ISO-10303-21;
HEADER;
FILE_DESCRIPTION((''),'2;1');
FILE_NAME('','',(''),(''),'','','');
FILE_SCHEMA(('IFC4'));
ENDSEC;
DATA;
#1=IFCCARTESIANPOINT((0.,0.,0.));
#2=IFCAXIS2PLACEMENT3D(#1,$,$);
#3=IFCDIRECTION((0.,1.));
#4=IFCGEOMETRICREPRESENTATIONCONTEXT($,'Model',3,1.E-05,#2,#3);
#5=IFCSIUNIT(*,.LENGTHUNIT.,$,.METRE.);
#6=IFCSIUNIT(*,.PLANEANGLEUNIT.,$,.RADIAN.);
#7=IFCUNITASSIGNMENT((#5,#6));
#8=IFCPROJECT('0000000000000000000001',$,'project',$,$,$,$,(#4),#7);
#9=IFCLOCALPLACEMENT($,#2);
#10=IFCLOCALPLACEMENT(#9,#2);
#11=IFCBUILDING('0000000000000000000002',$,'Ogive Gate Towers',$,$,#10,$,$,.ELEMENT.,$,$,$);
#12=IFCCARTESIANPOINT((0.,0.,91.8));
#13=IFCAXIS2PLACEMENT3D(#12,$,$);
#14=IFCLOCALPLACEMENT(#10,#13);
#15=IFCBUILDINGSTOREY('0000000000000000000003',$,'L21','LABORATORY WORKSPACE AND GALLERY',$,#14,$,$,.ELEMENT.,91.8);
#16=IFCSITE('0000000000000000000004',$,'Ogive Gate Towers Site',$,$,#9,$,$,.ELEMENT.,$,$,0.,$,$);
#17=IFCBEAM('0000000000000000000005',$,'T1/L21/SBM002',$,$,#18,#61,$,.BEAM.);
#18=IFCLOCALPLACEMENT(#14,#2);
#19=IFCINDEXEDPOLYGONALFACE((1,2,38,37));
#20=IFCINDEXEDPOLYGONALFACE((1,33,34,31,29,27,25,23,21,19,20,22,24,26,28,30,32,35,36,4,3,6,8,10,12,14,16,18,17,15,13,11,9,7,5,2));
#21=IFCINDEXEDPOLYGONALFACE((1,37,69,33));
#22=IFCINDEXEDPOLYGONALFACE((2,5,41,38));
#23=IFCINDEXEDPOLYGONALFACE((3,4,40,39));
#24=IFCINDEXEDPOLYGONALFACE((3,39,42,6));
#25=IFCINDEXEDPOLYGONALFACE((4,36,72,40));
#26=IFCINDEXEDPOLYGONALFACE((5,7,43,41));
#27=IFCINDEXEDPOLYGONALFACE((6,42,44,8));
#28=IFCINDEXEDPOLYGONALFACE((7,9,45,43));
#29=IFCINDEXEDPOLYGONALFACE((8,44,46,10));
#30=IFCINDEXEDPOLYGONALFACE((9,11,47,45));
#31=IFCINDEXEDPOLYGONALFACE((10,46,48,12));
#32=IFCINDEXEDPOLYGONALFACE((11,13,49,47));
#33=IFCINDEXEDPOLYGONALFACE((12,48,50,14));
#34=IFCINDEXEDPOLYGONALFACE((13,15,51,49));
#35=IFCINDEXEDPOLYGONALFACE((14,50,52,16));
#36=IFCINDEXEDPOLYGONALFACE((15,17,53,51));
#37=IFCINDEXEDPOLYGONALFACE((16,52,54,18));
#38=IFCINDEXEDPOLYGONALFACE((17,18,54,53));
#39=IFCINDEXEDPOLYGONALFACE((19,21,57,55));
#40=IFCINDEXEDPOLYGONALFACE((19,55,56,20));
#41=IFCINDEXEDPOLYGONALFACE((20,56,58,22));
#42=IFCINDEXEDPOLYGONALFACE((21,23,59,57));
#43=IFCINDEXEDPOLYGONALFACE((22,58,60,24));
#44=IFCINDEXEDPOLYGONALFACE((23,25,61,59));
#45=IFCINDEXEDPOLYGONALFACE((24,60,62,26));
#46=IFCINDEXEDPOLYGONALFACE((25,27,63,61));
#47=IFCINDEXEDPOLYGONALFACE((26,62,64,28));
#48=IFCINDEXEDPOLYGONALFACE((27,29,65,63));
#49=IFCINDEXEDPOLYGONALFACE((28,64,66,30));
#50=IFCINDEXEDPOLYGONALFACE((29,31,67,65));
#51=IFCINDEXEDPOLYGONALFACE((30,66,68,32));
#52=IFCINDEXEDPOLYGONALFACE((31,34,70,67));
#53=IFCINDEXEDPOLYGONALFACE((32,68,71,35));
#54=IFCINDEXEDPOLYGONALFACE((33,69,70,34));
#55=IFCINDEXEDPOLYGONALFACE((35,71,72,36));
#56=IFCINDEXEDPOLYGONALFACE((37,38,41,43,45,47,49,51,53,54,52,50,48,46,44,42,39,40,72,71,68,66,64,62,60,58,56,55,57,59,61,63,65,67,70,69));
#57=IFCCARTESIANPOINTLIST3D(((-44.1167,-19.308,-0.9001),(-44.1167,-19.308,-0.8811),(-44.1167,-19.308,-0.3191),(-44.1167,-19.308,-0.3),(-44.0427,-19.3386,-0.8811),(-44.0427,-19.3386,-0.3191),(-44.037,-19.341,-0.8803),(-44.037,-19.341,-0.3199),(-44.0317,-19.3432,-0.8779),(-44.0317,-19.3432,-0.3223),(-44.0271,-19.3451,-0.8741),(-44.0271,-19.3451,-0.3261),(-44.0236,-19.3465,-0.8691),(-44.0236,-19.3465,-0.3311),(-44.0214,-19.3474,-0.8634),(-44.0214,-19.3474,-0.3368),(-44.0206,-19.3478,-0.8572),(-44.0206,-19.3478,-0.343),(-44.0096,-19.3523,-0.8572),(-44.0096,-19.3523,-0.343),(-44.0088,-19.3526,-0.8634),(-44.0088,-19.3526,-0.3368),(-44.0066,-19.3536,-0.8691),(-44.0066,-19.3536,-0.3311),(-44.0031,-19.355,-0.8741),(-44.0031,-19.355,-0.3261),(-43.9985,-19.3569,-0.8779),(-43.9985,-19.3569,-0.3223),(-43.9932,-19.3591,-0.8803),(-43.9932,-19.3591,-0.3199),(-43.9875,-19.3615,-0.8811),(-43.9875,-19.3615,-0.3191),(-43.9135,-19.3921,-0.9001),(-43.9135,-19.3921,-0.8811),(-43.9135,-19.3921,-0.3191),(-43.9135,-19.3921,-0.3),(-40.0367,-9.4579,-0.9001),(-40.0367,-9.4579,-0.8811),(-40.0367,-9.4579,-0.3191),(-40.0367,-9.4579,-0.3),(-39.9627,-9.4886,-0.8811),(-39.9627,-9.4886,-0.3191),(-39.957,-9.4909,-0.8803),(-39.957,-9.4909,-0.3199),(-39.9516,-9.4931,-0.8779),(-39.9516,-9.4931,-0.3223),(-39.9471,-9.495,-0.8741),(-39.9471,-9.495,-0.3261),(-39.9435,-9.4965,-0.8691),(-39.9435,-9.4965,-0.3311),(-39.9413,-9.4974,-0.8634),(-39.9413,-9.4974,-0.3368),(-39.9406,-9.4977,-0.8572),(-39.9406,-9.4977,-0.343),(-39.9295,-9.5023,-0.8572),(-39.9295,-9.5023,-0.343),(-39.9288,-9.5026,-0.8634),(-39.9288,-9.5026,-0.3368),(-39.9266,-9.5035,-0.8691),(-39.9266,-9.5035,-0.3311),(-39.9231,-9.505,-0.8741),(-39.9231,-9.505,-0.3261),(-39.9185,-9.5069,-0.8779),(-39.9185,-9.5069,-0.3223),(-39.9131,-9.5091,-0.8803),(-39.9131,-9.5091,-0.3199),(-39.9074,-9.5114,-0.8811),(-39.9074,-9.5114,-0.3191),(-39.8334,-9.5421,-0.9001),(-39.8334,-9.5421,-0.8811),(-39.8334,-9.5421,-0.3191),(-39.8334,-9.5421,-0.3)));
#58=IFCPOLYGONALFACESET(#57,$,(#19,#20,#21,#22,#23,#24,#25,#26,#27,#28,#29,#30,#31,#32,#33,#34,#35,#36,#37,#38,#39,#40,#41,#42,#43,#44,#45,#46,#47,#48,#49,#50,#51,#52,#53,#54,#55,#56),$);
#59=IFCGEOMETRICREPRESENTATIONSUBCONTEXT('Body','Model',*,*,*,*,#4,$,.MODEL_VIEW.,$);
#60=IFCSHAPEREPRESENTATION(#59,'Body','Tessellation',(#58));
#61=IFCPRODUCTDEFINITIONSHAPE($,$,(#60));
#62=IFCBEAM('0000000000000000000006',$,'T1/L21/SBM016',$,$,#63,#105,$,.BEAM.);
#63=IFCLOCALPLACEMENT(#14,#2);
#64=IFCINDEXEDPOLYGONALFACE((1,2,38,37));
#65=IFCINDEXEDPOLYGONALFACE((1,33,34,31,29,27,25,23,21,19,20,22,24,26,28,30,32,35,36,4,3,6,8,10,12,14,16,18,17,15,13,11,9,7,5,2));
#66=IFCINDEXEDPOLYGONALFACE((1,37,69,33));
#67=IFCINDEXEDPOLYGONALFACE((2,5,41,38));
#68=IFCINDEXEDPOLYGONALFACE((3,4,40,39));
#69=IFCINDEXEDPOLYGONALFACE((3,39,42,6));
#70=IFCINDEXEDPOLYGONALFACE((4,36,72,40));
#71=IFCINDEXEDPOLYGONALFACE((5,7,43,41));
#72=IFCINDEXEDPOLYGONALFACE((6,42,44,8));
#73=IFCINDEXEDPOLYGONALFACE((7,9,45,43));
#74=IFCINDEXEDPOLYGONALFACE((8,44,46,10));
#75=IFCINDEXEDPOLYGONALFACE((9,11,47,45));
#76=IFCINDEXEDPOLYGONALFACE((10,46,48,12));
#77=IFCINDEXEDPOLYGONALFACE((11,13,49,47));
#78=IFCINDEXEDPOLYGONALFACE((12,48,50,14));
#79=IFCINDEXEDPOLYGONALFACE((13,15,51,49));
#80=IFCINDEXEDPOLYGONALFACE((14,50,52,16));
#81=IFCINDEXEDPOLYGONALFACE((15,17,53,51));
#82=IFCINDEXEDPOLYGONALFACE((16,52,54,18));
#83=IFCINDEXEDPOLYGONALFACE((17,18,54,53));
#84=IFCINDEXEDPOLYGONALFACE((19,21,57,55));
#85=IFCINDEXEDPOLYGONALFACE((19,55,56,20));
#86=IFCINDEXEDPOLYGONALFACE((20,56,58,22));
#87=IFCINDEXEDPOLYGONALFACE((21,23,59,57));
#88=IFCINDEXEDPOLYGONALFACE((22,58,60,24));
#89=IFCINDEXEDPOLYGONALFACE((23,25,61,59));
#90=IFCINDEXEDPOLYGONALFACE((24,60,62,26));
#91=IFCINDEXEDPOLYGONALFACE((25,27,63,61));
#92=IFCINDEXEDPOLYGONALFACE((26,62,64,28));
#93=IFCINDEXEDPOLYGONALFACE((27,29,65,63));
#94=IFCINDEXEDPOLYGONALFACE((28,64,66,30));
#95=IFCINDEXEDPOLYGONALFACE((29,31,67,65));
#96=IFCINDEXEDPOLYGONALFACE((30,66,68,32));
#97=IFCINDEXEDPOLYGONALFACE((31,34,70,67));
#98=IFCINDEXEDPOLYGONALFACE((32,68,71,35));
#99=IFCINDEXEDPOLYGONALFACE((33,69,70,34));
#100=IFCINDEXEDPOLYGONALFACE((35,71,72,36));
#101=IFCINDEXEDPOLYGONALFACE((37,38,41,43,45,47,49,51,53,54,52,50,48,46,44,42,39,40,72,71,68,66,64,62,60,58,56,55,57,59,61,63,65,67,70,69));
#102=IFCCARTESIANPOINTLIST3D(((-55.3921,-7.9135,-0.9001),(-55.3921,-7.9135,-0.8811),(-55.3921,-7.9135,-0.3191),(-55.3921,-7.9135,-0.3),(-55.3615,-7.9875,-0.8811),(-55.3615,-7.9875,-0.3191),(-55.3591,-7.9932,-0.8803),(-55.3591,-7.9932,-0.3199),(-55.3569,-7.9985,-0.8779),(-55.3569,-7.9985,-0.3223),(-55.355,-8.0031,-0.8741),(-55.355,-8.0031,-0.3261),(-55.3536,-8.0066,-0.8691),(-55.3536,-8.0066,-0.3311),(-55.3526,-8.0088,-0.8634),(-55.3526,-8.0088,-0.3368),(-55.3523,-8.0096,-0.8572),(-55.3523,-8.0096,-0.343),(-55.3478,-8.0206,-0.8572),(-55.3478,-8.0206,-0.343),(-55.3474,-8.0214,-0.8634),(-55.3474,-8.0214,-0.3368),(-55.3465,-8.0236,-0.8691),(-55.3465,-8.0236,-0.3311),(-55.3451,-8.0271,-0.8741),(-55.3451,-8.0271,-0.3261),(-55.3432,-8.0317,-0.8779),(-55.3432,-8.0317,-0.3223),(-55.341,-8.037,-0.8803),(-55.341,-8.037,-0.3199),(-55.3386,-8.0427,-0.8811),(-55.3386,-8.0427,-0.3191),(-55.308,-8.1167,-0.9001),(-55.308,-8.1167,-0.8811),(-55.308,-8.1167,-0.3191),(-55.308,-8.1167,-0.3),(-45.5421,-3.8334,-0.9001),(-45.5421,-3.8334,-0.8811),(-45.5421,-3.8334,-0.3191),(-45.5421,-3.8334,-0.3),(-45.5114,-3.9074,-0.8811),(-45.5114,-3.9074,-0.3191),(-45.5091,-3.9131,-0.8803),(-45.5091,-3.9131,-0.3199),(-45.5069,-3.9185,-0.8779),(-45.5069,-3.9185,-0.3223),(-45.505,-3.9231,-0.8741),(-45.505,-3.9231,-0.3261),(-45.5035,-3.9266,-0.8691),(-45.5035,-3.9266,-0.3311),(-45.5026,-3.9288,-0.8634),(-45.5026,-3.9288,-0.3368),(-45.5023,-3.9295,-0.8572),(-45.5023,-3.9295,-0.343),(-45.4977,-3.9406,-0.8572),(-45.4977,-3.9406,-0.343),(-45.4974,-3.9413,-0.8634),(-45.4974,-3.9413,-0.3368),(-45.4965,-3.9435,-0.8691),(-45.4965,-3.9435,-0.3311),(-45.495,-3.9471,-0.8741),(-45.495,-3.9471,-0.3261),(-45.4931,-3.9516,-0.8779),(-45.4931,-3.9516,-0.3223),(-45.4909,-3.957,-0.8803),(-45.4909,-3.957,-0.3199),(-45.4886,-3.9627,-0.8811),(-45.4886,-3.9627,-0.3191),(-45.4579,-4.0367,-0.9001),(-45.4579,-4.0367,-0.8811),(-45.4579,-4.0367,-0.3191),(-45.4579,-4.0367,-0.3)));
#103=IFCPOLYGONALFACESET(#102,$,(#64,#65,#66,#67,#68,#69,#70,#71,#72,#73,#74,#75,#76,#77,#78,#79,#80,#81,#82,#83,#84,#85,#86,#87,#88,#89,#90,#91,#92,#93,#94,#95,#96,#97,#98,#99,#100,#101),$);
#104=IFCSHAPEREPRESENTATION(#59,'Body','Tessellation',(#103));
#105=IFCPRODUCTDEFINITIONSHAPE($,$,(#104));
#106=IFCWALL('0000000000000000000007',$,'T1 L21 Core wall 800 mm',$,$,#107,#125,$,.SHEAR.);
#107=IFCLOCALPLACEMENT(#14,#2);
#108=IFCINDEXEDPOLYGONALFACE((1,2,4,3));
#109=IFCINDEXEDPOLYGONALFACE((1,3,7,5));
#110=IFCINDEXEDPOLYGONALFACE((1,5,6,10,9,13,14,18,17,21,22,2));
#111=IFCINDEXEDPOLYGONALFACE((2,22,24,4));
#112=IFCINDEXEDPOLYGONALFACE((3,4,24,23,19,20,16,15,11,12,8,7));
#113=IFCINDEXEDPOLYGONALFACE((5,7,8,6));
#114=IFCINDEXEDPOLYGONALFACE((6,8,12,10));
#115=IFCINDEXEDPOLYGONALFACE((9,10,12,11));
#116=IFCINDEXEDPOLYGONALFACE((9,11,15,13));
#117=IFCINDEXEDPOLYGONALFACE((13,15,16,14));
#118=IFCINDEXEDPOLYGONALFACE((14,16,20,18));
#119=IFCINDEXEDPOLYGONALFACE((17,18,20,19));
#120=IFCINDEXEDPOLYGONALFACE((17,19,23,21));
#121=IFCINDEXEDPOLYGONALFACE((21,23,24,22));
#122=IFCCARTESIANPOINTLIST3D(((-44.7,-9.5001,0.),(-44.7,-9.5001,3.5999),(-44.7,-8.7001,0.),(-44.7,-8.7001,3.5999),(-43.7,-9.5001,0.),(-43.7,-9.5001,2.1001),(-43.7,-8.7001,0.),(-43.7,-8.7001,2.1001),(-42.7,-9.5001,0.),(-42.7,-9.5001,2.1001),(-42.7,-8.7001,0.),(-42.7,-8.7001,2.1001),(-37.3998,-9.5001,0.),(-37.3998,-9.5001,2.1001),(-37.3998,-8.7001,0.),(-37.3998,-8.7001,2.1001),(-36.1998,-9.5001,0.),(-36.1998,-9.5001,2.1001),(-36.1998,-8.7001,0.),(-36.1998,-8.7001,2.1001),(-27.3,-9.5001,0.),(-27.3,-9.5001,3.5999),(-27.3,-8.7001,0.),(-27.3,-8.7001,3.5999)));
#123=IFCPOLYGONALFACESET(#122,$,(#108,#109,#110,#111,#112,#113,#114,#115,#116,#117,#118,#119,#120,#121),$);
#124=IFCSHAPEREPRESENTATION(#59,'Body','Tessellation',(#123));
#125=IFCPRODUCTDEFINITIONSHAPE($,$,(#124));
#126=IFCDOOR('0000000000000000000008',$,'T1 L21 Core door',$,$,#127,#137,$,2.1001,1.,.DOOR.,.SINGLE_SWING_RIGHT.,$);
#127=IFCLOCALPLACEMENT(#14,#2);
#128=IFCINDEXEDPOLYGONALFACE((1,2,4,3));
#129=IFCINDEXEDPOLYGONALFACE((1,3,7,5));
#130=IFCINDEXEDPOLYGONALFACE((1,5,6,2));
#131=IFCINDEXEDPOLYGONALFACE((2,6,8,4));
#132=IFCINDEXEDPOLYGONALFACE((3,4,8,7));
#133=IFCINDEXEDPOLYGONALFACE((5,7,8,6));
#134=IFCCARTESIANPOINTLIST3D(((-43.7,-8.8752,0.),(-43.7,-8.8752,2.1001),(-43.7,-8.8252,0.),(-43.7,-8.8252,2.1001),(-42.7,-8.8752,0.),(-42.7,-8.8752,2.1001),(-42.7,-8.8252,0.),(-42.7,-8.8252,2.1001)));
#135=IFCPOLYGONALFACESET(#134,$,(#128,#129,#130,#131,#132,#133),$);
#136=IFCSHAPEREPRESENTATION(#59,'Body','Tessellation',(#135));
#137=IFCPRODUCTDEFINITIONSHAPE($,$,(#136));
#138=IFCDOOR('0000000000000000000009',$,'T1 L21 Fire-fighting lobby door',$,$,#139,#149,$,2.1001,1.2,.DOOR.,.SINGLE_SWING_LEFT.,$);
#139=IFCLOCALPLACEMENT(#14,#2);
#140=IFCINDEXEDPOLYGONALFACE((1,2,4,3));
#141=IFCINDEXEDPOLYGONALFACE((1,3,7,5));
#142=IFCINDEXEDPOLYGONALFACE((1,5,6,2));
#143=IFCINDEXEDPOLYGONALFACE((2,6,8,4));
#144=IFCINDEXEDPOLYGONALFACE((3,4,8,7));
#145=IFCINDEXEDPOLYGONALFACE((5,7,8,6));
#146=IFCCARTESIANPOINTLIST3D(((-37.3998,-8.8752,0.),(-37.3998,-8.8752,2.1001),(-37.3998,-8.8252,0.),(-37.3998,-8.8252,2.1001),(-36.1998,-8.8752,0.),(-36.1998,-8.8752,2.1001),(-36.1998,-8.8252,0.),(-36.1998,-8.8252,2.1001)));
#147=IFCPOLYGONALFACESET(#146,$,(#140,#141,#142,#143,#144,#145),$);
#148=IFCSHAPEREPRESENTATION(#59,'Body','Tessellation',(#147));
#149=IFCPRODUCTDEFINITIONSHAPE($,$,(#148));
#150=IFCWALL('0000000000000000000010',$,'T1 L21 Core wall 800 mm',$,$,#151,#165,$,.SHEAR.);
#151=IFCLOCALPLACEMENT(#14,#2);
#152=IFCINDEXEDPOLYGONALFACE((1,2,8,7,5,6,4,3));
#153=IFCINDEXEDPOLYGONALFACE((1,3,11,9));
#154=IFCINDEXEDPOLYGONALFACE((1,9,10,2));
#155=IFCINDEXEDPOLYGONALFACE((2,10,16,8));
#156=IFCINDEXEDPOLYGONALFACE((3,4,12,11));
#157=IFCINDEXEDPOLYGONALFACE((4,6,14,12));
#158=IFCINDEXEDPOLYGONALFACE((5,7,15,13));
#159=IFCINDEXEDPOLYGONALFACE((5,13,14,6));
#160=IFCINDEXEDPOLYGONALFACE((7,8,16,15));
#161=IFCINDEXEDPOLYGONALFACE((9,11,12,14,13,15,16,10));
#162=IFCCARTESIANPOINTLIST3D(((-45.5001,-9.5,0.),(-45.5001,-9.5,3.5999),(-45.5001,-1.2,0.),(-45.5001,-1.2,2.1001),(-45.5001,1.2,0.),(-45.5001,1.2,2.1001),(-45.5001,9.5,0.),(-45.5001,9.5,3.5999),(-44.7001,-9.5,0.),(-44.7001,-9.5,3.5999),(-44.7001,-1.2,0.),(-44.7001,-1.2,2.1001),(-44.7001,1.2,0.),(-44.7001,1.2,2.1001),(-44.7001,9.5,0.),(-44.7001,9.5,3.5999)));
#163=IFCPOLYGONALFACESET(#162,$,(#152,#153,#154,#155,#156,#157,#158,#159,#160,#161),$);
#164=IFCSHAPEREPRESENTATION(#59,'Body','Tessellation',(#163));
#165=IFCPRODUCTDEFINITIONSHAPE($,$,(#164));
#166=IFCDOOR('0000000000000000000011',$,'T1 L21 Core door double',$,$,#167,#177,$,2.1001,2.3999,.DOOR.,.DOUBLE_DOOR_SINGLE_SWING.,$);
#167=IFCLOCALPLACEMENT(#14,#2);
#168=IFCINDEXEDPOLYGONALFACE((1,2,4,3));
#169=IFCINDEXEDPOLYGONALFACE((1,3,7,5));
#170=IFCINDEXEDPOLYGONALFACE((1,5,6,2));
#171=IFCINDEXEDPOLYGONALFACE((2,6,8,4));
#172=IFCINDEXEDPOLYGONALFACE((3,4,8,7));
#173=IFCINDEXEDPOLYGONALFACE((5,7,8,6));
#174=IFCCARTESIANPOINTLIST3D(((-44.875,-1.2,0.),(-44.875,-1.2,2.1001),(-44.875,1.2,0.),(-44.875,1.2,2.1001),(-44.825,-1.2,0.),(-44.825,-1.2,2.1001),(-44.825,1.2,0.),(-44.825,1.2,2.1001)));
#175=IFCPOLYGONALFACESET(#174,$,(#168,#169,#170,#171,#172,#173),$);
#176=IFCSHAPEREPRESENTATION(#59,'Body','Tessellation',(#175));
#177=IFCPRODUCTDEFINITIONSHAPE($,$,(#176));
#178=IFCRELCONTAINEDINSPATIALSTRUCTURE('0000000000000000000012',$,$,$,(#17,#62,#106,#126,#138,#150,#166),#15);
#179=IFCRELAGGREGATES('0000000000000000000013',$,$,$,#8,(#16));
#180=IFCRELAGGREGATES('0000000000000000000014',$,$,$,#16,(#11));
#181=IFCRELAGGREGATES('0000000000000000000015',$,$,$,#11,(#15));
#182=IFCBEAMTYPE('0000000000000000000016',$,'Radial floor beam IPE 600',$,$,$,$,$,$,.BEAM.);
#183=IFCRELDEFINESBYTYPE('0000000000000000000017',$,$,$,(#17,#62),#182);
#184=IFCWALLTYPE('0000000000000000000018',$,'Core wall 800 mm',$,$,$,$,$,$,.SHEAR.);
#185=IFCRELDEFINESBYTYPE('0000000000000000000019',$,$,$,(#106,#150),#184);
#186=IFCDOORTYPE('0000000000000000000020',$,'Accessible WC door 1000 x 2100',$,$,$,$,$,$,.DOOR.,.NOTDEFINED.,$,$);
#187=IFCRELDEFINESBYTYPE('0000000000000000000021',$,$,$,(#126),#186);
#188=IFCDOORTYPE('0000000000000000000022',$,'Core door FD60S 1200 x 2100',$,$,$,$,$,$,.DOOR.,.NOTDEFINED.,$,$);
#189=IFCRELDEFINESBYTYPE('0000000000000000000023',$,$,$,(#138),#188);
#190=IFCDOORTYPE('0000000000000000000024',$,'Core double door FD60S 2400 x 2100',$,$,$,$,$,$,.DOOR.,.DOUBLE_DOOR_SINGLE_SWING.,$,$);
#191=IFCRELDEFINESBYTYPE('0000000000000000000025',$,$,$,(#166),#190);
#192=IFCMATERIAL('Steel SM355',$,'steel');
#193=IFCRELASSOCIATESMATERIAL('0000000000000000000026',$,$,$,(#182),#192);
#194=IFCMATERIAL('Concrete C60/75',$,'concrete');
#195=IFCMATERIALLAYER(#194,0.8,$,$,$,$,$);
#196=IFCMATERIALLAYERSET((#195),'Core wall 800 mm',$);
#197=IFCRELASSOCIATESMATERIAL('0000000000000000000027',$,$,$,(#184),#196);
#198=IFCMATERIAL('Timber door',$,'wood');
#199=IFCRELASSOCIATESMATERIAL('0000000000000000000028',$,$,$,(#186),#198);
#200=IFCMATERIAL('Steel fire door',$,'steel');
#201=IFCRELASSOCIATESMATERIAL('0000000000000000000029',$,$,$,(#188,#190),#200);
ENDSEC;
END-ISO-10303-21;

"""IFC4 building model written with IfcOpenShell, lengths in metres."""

from ifc_helpers import new_model, si_unit, direction, frame, frame_2d, origin, origin_2d, place, context, subcontext, project, spatial, rectangle, i_section, extrude, material, layer, layer_set, material_profile, profile_set, type_object, element, fill, save


model = new_model("IFC4")

# Units and contexts
model_context = context("Model", 3, precision=1e-05, world=origin(), true_north=direction((0.0, 1.0)))
body_context = subcontext(model_context, "Body", "Model", "MODEL_VIEW")
ifc_project = project(units=[si_unit("LENGTHUNIT", "METRE"), si_unit("PLANEANGLEUNIT", "RADIAN")], contexts=[model_context])

# Site, building, storey
site_placement = place(None, origin())
site = spatial("IfcSite", under=ifc_project, at=site_placement, Name="Ogive Gate Towers Site", CompositionType="ELEMENT", RefElevation=0.0)
building_placement = place(site_placement, origin())
building = spatial("IfcBuilding", under=site, at=building_placement, Name="Ogive Gate Towers", CompositionType="ELEMENT")
storey_placement = place(building_placement, frame((0.0, 0.0, 91.8)))
storey = spatial("IfcBuildingStorey", under=building, at=storey_placement, Name="L21", Description="LABORATORY WORKSPACE AND GALLERY", CompositionType="ELEMENT", Elevation=91.8)

# Beams
ifc_material_1 = material(Name="Steel SM355", Category="steel")
ifc_material_profile_1 = material_profile(ifc_material_1, i_section(OverallWidth=0.22, OverallDepth=0.6001, WebThickness=0.012, FlangeThickness=0.019, FilletRadius=0.0239, at=origin_2d()), Name="IPE 600")
ifc_profile_set_1 = profile_set([ifc_material_profile_1], Name="Steel SM355")
beam_type_1 = type_object("IfcBeamType", Name="Radial floor beam IPE 600", PredefinedType="BEAM", material=ifc_profile_set_1)
for number, where, z_axis, x_axis, name in (
    (1, (-39.9351, -9.5, -0.6001), (-0.382686, -0.923878, 0.0), (0.923878, -0.382686, 0.0), "T1/L21/SBM002"),
    (2, (-45.5, -3.9351, -0.6001), (-0.923878, -0.382686, 0.0), (0.382686, -0.923878, 0.0), "T1/L21/SBM016"),
):
    element("IfcBeam", number, at=place(storey_placement, frame(where, z_axis=z_axis, x_axis=x_axis)), inside=storey, type_object=beam_type_1, Name=name, PredefinedType="BEAM", context=body_context, shape_type="SweptSolid", body=[
        extrude(i_section(OverallWidth=0.22, OverallDepth=0.6001, WebThickness=0.012, FlangeThickness=0.019, FilletRadius=0.0239, at=origin_2d()), origin(), (0.0, 0.0, 1.0), 10.6616),
    ])

# Wall, openings, doors
ifc_material_2 = material(Name="Concrete C60/75", Category="concrete")
ifc_layer_1 = layer(ifc_material_2, 0.8)
ifc_layer_set_1 = layer_set([ifc_layer_1], Name="Core wall 800 mm")
wall_type_1 = type_object("IfcWallType", Name="Core wall 800 mm", PredefinedType="SHEAR", material=ifc_layer_set_1)
wall_1_placement = place(storey_placement, frame((-44.7, -9.1001, 0.0), z_axis=(0.0, 0.0, 1.0), x_axis=(1.0, 0.0, 0.0)))
wall_1 = element("IfcWall", 3, at=wall_1_placement, inside=storey, type_object=wall_type_1, Name="T1 L21 Core wall 800 mm", PredefinedType="SHEAR", context=body_context, shape_type="SweptSolid", body=[
    extrude(rectangle(XDim=17.3999, YDim=0.8, at=frame_2d((8.7, 0.0))), origin(), (0.0, 0.0, 1.0), 3.5999),
])
opening_1_placement = place(wall_1_placement, frame((7.3, 0.0, 0.0)))
opening_1 = element("IfcOpeningElement", 4, at=opening_1_placement, cuts=wall_1, PredefinedType="OPENING", context=body_context, shape_type="SweptSolid", body=[
    extrude(rectangle(XDim=1.2, YDim=2.1001, at=frame_2d((0.6001, 1.05))), frame((0.0, 0.4102, 0.0), z_axis=(0.0, -1.0, 0.0), x_axis=(1.0, 0.0, 0.0)), (0.0, 0.0, 1.0), 0.8201),
])
opening_2_placement = place(wall_1_placement, frame((1.0, 0.0, 0.0)))
opening_2 = element("IfcOpeningElement", 5, at=opening_2_placement, cuts=wall_1, PredefinedType="OPENING", context=body_context, shape_type="SweptSolid", body=[
    extrude(rectangle(XDim=1.0, YDim=2.1001, at=frame_2d((0.5, 1.05))), frame((0.0, 0.4102, 0.0), z_axis=(0.0, -1.0, 0.0), x_axis=(1.0, 0.0, 0.0)), (0.0, 0.0, 1.0), 0.8201),
])
ifc_material_3 = material(Name="Timber door", Category="wood")
door_type_1 = type_object("IfcDoorType", Name="Accessible WC door 1000 x 2100", OperationType="NOTDEFINED", PredefinedType="DOOR", material=ifc_material_3)
door_1_placement = place(opening_2_placement, origin())
door_1 = element("IfcDoor", 6, at=door_1_placement, inside=storey, type_object=door_type_1, Name="T1 L21 Core door", OperationType="SINGLE_SWING_RIGHT", OverallHeight=2.1001, OverallWidth=1.0, PredefinedType="DOOR", context=body_context, shape_type="SweptSolid", body=[
    extrude(rectangle(XDim=1.0, YDim=2.1001, at=frame_2d((0.5, 1.05))), frame((0.0, 0.2749, 0.0), z_axis=(0.0, -1.0, 0.0), x_axis=(1.0, 0.0, 0.0)), (0.0, 0.0, 1.0), 0.05),
])
fill(opening_2, door_1)
ifc_material_4 = material(Name="Steel fire door", Category="steel")
door_type_2 = type_object("IfcDoorType", Name="Core door FD60S 1200 x 2100", OperationType="NOTDEFINED", PredefinedType="DOOR", material=ifc_material_4)
door_2_placement = place(opening_1_placement, origin())
door_2 = element("IfcDoor", 7, at=door_2_placement, inside=storey, type_object=door_type_2, Name="T1 L21 Fire-fighting lobby door", OperationType="SINGLE_SWING_LEFT", OverallHeight=2.1001, OverallWidth=1.2, PredefinedType="DOOR", context=body_context, shape_type="SweptSolid", body=[
    extrude(rectangle(XDim=1.2, YDim=2.1001, at=frame_2d((0.6001, 1.05))), frame((0.0, 0.2749, 0.0), z_axis=(0.0, -1.0, 0.0), x_axis=(1.0, 0.0, 0.0)), (0.0, 0.0, 1.0), 0.05),
])
fill(opening_1, door_2)

# Wall, opening, door
wall_2_placement = place(storey_placement, frame((-45.1001, -9.5, 0.0), z_axis=(0.0, 0.0, 1.0), x_axis=(0.0, 1.0, 0.0)))
wall_2 = element("IfcWall", 8, at=wall_2_placement, inside=storey, type_object=wall_type_1, Name="T1 L21 Core wall 800 mm", PredefinedType="SHEAR", context=body_context, shape_type="SweptSolid", body=[
    extrude(rectangle(XDim=19.0, YDim=0.8, at=frame_2d((9.5, 0.0))), origin(), (0.0, 0.0, 1.0), 3.5999),
])
opening_3_placement = place(wall_2_placement, frame((8.3, 0.0, 0.0)))
opening_3 = element("IfcOpeningElement", 9, at=opening_3_placement, cuts=wall_2, PredefinedType="OPENING", context=body_context, shape_type="SweptSolid", body=[
    extrude(rectangle(XDim=2.3999, YDim=2.1001, at=frame_2d((1.2, 1.05))), frame((0.0, 0.4102, 0.0), z_axis=(0.0, -1.0, 0.0), x_axis=(1.0, 0.0, 0.0)), (0.0, 0.0, 1.0), 0.8201),
])
door_type_3 = type_object("IfcDoorType", Name="Core double door FD60S 2400 x 2100", OperationType="DOUBLE_DOOR_SINGLE_SWING", PredefinedType="DOOR", material=ifc_material_4)
door_3_placement = place(opening_3_placement, origin())
door_3 = element("IfcDoor", 10, at=door_3_placement, inside=storey, type_object=door_type_3, Name="T1 L21 Core door double", OperationType="DOUBLE_DOOR_SINGLE_SWING", OverallHeight=2.1001, OverallWidth=2.3999, PredefinedType="DOOR", context=body_context, shape_type="SweptSolid", body=[
    extrude(rectangle(XDim=2.3999, YDim=2.1001, at=frame_2d((1.2, 1.05))), frame((0.0, -0.2251, 0.0), z_axis=(0.0, -1.0, 0.0), x_axis=(1.0, 0.0, 0.0)), (0.0, 0.0, 1.0), 0.05),
])
fill(opening_3, door_3)

save(model, "model.ifc")
